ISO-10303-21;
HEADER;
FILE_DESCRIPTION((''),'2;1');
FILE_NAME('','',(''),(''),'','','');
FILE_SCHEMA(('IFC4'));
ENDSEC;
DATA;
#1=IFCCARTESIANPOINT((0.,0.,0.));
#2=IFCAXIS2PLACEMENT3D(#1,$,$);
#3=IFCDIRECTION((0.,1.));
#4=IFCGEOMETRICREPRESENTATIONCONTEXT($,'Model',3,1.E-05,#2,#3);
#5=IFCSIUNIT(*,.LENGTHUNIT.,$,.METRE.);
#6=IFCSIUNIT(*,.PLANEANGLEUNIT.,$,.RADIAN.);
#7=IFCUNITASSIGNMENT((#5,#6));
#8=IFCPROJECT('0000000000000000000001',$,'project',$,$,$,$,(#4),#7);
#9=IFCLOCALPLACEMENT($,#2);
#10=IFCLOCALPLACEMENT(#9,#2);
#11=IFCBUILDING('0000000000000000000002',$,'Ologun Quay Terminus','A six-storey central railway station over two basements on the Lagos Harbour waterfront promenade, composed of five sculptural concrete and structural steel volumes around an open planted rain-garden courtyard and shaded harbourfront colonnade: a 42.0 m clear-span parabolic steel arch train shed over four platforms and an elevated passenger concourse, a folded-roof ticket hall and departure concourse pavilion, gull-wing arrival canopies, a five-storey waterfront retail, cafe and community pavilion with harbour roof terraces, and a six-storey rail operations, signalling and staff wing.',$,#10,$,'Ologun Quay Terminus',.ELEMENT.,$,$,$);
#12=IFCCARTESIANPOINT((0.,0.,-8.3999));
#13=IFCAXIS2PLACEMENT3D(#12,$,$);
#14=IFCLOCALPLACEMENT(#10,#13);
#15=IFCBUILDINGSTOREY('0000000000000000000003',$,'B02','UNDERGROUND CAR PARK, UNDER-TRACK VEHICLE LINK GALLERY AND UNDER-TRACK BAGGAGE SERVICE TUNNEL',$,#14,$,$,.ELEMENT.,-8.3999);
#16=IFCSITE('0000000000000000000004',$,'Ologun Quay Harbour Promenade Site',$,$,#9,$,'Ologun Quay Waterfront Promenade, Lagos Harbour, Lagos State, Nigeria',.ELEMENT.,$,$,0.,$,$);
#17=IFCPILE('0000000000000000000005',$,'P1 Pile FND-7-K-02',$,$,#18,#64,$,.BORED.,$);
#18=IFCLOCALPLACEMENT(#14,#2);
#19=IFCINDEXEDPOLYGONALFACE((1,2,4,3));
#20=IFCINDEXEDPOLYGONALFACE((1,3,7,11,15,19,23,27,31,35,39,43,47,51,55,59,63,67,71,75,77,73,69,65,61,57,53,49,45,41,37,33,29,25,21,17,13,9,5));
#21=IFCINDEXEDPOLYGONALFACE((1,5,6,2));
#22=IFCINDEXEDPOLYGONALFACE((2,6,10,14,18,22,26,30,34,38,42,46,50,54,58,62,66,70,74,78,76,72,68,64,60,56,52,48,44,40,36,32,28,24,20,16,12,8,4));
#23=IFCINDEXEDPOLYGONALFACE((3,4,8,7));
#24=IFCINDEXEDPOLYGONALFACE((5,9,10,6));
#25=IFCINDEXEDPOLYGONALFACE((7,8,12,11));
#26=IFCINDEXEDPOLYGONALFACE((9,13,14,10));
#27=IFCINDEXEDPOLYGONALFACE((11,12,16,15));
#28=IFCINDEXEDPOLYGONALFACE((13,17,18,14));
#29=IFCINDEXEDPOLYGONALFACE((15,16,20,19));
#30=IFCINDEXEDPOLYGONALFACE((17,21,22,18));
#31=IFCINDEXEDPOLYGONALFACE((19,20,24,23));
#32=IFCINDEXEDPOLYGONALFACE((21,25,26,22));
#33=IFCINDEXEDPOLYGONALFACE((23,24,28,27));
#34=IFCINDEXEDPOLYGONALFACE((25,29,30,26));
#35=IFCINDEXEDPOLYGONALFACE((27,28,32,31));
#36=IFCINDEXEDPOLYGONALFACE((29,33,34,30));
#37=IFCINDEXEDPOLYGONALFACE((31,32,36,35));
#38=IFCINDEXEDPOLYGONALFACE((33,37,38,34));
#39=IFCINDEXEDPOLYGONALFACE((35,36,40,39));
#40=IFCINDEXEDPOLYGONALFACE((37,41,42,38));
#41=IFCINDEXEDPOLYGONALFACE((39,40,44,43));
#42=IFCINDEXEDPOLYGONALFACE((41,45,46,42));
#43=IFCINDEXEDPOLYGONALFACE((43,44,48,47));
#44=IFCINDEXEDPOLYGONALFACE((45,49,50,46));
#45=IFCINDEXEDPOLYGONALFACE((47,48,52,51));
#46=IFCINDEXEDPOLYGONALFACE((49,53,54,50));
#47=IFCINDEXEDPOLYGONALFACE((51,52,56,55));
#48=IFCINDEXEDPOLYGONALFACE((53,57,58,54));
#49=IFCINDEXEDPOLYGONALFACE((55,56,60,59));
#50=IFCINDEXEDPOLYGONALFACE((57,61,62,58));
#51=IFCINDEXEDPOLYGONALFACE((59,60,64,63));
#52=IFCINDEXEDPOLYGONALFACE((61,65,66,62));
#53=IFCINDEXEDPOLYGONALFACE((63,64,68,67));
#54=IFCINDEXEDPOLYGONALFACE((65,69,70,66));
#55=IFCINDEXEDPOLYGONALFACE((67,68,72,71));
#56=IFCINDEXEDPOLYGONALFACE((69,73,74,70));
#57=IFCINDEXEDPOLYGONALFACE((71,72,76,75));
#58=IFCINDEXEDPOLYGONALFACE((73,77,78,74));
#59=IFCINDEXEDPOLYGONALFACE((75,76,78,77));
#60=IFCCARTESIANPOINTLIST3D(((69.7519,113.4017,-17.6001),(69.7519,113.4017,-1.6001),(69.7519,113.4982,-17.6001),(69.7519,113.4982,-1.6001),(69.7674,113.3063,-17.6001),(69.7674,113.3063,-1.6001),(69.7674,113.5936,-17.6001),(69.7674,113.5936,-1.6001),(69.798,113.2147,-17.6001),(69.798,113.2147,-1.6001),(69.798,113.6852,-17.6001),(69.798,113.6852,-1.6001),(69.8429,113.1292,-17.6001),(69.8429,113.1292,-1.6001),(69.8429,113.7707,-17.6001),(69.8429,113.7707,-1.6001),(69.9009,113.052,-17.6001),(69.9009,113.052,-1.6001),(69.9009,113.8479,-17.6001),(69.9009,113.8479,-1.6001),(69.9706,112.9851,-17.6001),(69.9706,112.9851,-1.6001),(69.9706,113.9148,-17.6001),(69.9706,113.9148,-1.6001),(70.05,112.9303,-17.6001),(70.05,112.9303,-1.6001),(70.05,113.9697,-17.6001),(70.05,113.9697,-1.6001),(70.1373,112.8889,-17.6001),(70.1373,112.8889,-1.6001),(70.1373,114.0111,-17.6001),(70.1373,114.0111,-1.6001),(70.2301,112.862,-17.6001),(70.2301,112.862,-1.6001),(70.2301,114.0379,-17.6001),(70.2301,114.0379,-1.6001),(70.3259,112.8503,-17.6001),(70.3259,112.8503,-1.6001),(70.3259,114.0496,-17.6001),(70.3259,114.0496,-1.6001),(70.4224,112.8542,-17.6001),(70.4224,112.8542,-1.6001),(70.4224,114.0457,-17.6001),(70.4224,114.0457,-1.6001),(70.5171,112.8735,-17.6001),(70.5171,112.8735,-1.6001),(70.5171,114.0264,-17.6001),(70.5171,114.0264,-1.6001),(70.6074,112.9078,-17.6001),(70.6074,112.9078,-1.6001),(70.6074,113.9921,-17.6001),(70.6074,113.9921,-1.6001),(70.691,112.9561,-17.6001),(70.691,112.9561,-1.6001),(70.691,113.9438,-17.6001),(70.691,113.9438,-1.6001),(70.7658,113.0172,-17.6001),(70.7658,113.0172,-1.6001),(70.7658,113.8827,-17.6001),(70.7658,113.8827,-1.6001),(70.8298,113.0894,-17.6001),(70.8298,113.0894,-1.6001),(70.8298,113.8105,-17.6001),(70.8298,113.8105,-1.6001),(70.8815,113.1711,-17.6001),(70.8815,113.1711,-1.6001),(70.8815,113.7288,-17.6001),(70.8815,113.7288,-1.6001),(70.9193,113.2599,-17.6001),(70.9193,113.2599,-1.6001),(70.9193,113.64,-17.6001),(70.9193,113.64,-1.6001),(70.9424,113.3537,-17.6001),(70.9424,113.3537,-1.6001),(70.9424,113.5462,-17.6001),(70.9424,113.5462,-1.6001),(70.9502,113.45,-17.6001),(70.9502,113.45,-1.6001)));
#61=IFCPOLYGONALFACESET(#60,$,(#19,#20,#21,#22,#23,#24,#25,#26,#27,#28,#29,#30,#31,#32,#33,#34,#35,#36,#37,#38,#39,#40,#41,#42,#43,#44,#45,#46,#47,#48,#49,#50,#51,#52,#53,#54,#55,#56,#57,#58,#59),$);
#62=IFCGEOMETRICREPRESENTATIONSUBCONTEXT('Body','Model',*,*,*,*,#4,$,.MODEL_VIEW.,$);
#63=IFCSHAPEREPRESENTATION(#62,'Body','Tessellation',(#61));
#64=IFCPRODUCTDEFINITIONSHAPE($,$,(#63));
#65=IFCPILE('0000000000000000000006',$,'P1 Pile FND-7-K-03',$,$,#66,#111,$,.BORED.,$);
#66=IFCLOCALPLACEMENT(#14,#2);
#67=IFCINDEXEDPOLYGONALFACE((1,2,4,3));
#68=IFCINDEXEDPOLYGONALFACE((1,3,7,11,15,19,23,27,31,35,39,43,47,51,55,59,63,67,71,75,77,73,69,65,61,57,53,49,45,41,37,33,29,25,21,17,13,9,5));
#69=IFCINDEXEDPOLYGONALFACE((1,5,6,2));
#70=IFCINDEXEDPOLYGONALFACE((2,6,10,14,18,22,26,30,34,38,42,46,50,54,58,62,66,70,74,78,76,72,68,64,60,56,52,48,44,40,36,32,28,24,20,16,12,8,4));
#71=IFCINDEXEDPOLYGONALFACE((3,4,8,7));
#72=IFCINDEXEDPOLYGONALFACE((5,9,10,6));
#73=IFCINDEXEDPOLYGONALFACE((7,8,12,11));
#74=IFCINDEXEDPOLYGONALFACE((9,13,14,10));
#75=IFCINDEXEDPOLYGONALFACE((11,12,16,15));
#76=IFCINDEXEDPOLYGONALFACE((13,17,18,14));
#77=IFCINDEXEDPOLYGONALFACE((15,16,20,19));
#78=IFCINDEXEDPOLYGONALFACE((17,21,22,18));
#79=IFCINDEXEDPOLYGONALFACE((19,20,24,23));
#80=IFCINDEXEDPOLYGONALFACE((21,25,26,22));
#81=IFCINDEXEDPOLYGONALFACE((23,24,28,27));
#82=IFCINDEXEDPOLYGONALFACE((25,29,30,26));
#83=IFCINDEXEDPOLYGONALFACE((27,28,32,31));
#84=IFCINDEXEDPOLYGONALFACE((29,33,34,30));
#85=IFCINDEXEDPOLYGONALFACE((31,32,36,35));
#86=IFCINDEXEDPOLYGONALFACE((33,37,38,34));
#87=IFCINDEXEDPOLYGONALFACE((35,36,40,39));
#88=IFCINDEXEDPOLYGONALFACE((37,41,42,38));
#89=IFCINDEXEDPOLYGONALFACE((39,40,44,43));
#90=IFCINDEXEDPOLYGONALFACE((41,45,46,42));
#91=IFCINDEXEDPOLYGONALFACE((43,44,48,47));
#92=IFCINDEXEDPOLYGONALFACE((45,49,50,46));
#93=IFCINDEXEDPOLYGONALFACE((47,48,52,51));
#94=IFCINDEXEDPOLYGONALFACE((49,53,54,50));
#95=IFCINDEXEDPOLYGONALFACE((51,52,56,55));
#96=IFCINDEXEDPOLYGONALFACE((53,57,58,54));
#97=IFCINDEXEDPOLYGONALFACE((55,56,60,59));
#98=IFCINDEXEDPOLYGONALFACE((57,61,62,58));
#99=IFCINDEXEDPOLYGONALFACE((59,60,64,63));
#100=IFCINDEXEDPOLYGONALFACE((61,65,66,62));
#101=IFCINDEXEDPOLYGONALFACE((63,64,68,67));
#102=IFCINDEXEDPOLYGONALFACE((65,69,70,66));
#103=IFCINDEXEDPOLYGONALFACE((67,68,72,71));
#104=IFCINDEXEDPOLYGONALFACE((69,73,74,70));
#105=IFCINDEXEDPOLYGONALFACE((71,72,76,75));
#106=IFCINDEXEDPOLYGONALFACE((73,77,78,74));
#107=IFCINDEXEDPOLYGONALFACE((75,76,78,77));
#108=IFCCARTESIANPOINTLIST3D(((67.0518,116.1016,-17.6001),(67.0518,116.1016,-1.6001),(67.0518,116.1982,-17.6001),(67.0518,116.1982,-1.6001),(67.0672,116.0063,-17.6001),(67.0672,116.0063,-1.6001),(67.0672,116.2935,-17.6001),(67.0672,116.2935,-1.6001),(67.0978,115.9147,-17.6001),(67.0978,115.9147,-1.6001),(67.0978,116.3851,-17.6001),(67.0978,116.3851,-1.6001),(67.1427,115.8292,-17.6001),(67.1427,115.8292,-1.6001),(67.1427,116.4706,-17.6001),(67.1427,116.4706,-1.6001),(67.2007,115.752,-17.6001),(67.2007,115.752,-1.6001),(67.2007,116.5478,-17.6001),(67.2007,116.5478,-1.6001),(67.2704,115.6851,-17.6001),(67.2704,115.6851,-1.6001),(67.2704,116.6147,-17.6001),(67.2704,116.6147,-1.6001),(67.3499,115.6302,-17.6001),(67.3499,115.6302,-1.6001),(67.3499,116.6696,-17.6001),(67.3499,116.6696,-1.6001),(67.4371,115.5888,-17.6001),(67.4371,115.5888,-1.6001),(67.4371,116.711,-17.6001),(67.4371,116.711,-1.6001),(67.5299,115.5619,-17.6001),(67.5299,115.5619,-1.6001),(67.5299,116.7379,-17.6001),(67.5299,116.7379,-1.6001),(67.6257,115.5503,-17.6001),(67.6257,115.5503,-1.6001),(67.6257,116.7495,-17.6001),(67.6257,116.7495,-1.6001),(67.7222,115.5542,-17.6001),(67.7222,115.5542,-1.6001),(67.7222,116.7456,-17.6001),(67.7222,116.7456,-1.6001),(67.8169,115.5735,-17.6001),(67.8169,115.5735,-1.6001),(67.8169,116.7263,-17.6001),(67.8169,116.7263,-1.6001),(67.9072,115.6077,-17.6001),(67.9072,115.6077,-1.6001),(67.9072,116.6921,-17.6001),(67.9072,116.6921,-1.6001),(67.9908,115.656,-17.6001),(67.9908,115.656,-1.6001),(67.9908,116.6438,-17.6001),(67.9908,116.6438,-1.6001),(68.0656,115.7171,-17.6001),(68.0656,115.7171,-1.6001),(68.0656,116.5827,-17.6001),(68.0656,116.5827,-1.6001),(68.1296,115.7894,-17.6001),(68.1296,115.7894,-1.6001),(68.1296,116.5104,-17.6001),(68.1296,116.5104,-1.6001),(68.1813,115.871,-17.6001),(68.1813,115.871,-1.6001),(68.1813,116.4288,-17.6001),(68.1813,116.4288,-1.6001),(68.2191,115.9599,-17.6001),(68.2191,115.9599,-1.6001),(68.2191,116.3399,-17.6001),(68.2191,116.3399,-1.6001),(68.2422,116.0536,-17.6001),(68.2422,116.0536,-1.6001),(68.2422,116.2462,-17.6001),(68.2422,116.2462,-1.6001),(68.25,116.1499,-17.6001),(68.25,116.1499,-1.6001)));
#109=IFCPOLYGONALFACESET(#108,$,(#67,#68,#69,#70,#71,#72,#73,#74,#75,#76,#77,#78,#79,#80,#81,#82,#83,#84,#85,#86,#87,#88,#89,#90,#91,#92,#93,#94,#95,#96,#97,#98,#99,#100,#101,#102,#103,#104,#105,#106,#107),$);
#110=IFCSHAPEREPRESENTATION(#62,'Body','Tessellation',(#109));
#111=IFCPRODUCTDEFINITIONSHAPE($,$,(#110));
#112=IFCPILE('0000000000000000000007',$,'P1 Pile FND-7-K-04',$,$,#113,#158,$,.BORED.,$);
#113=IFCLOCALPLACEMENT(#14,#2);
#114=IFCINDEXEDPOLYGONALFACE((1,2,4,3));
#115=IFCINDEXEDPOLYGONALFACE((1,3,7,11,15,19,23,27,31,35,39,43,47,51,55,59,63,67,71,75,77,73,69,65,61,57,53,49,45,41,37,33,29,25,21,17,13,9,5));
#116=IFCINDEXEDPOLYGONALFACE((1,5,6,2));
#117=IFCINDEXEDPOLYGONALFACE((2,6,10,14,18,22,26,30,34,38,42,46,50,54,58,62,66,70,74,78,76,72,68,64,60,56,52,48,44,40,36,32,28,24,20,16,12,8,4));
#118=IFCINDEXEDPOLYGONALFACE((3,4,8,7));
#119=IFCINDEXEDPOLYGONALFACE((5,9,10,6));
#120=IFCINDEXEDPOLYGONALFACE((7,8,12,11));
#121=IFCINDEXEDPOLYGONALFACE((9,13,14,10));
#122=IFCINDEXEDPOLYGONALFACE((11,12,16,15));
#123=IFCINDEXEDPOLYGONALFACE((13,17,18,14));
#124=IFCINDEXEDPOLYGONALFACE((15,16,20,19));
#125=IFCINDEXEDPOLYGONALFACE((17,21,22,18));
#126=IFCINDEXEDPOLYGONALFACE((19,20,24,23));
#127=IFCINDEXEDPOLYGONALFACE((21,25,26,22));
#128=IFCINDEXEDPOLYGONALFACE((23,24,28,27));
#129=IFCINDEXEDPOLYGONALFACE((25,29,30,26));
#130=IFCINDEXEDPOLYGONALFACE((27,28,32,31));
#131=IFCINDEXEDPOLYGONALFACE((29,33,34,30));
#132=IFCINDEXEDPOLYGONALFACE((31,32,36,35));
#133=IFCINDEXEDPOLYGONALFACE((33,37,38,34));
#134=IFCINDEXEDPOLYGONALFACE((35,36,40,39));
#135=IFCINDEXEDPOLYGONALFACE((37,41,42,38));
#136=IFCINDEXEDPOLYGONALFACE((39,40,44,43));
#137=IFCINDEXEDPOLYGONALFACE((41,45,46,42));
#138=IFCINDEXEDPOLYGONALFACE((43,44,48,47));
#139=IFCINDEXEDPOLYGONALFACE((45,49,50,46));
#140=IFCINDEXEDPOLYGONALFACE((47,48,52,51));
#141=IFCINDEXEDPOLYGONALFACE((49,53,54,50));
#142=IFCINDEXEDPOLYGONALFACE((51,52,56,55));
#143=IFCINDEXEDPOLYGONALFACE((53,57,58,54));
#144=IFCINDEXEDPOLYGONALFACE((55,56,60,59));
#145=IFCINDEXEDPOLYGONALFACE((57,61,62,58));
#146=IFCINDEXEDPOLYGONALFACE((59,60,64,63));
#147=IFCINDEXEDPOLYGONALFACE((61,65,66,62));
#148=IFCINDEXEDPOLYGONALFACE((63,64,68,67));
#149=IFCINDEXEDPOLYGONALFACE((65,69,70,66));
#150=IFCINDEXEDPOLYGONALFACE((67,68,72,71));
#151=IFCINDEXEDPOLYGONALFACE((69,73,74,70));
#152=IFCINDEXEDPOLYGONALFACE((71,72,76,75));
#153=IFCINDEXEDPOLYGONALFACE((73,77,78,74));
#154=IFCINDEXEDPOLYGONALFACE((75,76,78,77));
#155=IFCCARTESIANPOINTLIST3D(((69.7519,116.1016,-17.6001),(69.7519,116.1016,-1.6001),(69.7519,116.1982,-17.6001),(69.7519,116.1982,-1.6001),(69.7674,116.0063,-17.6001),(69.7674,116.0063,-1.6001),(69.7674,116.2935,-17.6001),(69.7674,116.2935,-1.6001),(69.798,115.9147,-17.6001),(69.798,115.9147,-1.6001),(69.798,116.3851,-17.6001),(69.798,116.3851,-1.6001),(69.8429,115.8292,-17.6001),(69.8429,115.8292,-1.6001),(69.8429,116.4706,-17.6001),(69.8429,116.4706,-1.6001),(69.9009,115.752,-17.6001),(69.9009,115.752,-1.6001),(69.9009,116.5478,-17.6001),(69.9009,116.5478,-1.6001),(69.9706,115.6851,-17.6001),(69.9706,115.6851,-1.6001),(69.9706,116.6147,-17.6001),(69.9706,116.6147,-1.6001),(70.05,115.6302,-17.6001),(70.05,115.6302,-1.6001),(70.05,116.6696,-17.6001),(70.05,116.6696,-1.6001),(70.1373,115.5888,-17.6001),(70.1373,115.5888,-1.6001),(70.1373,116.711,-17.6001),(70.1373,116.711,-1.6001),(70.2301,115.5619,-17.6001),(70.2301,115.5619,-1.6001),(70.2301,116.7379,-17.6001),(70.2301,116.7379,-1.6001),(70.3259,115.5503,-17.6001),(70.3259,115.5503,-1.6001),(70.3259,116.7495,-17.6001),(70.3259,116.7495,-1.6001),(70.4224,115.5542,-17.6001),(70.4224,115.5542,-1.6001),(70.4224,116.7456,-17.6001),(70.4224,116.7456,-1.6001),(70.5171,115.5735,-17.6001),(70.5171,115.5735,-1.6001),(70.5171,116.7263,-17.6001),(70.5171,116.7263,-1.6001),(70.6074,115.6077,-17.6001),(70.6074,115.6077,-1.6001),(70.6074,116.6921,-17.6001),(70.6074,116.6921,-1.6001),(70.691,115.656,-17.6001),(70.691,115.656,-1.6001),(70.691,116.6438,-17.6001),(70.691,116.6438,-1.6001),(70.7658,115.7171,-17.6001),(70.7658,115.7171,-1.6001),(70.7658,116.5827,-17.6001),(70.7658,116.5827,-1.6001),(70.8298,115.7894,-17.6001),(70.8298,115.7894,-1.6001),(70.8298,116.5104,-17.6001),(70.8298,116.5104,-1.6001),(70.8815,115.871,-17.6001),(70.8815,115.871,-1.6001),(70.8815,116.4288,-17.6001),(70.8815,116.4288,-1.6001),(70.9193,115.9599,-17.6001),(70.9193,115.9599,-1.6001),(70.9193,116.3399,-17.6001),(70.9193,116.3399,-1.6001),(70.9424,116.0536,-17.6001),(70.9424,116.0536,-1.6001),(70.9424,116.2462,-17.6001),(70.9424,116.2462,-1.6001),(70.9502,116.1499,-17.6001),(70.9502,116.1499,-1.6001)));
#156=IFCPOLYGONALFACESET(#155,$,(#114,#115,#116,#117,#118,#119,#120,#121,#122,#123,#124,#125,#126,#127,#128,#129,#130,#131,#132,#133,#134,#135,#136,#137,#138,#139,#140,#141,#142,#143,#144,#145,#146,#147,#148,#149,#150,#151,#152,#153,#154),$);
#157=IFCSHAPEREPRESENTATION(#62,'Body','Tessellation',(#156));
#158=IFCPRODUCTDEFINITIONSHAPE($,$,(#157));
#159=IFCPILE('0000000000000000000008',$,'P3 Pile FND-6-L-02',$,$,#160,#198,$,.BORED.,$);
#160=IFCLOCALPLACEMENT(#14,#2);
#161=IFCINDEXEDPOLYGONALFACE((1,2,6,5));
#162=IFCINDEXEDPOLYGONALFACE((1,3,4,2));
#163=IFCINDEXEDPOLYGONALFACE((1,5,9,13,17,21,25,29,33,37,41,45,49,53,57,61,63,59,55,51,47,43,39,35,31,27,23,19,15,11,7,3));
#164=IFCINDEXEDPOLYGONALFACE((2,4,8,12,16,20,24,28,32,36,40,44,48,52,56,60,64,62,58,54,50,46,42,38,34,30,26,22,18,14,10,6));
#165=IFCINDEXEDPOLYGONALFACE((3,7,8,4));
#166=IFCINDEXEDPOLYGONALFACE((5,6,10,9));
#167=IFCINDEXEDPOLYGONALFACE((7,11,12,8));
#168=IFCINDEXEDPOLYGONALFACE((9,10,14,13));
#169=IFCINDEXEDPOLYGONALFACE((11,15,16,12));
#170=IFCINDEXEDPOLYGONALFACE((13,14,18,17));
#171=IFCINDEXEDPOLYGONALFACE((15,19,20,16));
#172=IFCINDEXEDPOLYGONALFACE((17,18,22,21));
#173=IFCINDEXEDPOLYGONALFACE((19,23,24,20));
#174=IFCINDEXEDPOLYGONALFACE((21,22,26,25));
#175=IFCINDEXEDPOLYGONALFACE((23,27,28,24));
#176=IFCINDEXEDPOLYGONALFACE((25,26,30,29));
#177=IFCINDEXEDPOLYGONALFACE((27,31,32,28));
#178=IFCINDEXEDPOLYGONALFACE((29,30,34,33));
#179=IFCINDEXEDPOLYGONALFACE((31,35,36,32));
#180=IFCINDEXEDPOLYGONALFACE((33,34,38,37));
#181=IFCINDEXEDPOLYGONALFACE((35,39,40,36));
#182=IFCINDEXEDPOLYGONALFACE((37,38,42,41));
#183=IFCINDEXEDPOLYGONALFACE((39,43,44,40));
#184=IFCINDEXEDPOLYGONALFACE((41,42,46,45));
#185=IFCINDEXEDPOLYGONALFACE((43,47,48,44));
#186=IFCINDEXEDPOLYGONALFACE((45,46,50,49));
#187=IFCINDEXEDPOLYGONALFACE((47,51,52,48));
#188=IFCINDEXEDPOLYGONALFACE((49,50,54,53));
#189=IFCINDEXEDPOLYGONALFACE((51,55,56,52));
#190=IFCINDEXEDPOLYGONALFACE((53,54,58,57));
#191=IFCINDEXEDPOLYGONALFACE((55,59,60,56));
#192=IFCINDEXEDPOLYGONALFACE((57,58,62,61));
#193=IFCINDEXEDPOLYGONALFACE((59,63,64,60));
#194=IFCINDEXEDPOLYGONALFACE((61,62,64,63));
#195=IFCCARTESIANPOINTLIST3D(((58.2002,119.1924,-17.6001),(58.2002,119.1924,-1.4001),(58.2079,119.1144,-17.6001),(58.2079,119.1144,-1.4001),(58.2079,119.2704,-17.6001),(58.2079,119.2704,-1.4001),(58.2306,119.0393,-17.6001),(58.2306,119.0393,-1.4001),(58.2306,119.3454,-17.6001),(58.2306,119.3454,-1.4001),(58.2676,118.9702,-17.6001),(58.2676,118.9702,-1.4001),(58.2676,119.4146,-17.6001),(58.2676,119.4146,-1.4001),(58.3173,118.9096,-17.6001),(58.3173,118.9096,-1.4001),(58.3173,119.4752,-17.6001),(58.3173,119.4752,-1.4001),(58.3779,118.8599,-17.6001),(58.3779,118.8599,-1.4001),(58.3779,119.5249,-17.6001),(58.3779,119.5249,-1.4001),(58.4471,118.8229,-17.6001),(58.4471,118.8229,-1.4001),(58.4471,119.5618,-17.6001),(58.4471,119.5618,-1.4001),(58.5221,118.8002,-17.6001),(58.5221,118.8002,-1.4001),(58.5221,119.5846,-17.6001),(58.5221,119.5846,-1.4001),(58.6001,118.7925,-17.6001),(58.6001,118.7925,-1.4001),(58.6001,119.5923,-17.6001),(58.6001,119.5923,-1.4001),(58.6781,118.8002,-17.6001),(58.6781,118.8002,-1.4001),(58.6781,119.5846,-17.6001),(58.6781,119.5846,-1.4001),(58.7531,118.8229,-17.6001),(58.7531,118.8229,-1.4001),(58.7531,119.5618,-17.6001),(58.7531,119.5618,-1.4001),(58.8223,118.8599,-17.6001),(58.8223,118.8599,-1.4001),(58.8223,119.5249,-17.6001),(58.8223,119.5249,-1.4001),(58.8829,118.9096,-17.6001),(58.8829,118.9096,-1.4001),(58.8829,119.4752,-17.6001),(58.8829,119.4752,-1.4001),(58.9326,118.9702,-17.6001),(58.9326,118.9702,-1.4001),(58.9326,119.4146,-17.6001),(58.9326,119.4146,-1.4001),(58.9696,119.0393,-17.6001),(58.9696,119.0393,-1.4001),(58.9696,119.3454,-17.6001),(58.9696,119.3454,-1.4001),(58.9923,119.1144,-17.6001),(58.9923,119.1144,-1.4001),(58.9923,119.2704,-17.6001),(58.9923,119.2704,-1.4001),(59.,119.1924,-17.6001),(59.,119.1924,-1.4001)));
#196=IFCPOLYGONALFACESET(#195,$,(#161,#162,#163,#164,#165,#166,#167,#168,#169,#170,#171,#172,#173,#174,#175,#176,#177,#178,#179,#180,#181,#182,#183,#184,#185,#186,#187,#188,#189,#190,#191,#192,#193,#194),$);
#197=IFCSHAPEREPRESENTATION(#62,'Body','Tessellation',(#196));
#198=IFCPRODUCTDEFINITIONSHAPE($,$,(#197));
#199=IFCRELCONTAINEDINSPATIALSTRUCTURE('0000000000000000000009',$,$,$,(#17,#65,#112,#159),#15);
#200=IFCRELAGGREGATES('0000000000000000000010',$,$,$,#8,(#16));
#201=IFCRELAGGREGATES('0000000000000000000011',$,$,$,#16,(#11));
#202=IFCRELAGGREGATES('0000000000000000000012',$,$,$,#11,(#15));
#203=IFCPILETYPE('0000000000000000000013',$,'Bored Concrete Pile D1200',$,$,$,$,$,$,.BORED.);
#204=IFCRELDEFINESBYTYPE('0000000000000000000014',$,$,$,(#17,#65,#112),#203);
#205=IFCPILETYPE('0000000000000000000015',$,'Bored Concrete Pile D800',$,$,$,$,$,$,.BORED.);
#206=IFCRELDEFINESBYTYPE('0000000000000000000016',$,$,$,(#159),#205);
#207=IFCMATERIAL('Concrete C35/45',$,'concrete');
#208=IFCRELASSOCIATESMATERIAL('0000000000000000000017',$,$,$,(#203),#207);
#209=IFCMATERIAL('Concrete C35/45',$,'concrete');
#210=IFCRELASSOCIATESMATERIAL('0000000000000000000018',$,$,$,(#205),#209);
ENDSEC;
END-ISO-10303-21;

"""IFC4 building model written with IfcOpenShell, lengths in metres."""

from ifc_helpers import new_model, si_unit, direction, frame, origin, origin_2d, place, context, subcontext, project, spatial, circle, extrude, material, material_profile, profile_set, type_object, element, save


model = new_model("IFC4")

# Units and contexts
model_context = context("Model", 3, precision=1e-05, world=origin(), true_north=direction((0.0, 1.0)))
body_context = subcontext(model_context, "Body", "Model", "MODEL_VIEW")
ifc_project = project(units=[si_unit("LENGTHUNIT", "METRE"), si_unit("PLANEANGLEUNIT", "RADIAN")], contexts=[model_context])

# Site, building, storey
site_placement = place(None, origin())
site = spatial("IfcSite", under=ifc_project, at=site_placement, Name="Ologun Quay Harbour Promenade Site", LongName="Ologun Quay Waterfront Promenade, Lagos Harbour, Lagos State, Nigeria", CompositionType="ELEMENT", RefElevation=0.0)
building_placement = place(site_placement, origin())
building = spatial("IfcBuilding", under=site, at=building_placement, Name="Ologun Quay Terminus", Description="A six-storey central railway station over two basements on the Lagos Harbour waterfront promenade, composed of five sculptural concrete and structural steel volumes around an open planted rain-garden courtyard and shaded harbourfront colonnade: a 42.0 m clear-span parabolic steel arch train shed over four platforms and an elevated passenger concourse, a folded-roof ticket hall and departure concourse pavilion, gull-wing arrival canopies, a five-storey waterfront retail, cafe and community pavilion with harbour roof terraces, and a six-storey rail operations, signalling and staff wing.", LongName="Ologun Quay Terminus", CompositionType="ELEMENT")
storey_placement = place(building_placement, frame((0.0, 0.0, -8.3999)))
storey = spatial("IfcBuildingStorey", under=building, at=storey_placement, Name="B02", Description="UNDERGROUND CAR PARK, UNDER-TRACK VEHICLE LINK GALLERY AND UNDER-TRACK BAGGAGE SERVICE TUNNEL", CompositionType="ELEMENT", Elevation=-8.3999)

# Piles
ifc_material_1 = material(Name="Concrete C35/45", Category="concrete")
ifc_material_profile_1 = material_profile(ifc_material_1, circle(Radius=0.6001, at=origin_2d()), Name="PILE D1200")
ifc_profile_set_1 = profile_set([ifc_material_profile_1], Name="Concrete C35/45")
pile_type_1 = type_object("IfcPileType", Name="Bored Concrete Pile D1200", PredefinedType="BORED", material=ifc_profile_set_1)
for number, where, z_axis, x_axis, name in (
    (1, (70.3501, 113.45, -1.6001), (0.0, 0.0, -1.0), (1.0, 0.0, 0.0), "P1 Pile FND-7-K-02"),
    (2, (67.6499, 116.1499, -1.6001), (0.0, 0.0, -1.0), (1.0, 0.0, 0.0), "P1 Pile FND-7-K-03"),
    (3, (70.3501, 116.1499, -1.6001), (0.0, 0.0, -1.0), (1.0, 0.0, 0.0), "P1 Pile FND-7-K-04"),
):
    element("IfcPile", number, at=place(storey_placement, frame(where, z_axis=z_axis, x_axis=x_axis)), inside=storey, type_object=pile_type_1, Name=name, PredefinedType="BORED", context=body_context, shape_type="SweptSolid", body=[
        extrude(circle(Radius=0.6001, at=origin_2d()), origin(), (0.0, 0.0, 1.0), 16.0),
    ])
ifc_material_2 = material(Name="Concrete C35/45", Category="concrete")
ifc_material_profile_2 = material_profile(ifc_material_2, circle(Radius=0.3999, at=origin_2d()), Name="PILE D800")
ifc_profile_set_2 = profile_set([ifc_material_profile_2], Name="Concrete C35/45")
pile_type_2 = type_object("IfcPileType", Name="Bored Concrete Pile D800", PredefinedType="BORED", material=ifc_profile_set_2)
for number, where, z_axis, x_axis, name in (
    (4, (58.6001, 119.1924, -1.4001), (0.0, 0.0, -1.0), (1.0, 0.0, 0.0), "P3 Pile FND-6-L-02"),
):
    element("IfcPile", number, at=place(storey_placement, frame(where, z_axis=z_axis, x_axis=x_axis)), inside=storey, type_object=pile_type_2, Name=name, PredefinedType="BORED", context=body_context, shape_type="SweptSolid", body=[
        extrude(circle(Radius=0.3999, at=origin_2d()), origin(), (0.0, 0.0, 1.0), 16.2),
    ])

save(model, "model.ifc")
